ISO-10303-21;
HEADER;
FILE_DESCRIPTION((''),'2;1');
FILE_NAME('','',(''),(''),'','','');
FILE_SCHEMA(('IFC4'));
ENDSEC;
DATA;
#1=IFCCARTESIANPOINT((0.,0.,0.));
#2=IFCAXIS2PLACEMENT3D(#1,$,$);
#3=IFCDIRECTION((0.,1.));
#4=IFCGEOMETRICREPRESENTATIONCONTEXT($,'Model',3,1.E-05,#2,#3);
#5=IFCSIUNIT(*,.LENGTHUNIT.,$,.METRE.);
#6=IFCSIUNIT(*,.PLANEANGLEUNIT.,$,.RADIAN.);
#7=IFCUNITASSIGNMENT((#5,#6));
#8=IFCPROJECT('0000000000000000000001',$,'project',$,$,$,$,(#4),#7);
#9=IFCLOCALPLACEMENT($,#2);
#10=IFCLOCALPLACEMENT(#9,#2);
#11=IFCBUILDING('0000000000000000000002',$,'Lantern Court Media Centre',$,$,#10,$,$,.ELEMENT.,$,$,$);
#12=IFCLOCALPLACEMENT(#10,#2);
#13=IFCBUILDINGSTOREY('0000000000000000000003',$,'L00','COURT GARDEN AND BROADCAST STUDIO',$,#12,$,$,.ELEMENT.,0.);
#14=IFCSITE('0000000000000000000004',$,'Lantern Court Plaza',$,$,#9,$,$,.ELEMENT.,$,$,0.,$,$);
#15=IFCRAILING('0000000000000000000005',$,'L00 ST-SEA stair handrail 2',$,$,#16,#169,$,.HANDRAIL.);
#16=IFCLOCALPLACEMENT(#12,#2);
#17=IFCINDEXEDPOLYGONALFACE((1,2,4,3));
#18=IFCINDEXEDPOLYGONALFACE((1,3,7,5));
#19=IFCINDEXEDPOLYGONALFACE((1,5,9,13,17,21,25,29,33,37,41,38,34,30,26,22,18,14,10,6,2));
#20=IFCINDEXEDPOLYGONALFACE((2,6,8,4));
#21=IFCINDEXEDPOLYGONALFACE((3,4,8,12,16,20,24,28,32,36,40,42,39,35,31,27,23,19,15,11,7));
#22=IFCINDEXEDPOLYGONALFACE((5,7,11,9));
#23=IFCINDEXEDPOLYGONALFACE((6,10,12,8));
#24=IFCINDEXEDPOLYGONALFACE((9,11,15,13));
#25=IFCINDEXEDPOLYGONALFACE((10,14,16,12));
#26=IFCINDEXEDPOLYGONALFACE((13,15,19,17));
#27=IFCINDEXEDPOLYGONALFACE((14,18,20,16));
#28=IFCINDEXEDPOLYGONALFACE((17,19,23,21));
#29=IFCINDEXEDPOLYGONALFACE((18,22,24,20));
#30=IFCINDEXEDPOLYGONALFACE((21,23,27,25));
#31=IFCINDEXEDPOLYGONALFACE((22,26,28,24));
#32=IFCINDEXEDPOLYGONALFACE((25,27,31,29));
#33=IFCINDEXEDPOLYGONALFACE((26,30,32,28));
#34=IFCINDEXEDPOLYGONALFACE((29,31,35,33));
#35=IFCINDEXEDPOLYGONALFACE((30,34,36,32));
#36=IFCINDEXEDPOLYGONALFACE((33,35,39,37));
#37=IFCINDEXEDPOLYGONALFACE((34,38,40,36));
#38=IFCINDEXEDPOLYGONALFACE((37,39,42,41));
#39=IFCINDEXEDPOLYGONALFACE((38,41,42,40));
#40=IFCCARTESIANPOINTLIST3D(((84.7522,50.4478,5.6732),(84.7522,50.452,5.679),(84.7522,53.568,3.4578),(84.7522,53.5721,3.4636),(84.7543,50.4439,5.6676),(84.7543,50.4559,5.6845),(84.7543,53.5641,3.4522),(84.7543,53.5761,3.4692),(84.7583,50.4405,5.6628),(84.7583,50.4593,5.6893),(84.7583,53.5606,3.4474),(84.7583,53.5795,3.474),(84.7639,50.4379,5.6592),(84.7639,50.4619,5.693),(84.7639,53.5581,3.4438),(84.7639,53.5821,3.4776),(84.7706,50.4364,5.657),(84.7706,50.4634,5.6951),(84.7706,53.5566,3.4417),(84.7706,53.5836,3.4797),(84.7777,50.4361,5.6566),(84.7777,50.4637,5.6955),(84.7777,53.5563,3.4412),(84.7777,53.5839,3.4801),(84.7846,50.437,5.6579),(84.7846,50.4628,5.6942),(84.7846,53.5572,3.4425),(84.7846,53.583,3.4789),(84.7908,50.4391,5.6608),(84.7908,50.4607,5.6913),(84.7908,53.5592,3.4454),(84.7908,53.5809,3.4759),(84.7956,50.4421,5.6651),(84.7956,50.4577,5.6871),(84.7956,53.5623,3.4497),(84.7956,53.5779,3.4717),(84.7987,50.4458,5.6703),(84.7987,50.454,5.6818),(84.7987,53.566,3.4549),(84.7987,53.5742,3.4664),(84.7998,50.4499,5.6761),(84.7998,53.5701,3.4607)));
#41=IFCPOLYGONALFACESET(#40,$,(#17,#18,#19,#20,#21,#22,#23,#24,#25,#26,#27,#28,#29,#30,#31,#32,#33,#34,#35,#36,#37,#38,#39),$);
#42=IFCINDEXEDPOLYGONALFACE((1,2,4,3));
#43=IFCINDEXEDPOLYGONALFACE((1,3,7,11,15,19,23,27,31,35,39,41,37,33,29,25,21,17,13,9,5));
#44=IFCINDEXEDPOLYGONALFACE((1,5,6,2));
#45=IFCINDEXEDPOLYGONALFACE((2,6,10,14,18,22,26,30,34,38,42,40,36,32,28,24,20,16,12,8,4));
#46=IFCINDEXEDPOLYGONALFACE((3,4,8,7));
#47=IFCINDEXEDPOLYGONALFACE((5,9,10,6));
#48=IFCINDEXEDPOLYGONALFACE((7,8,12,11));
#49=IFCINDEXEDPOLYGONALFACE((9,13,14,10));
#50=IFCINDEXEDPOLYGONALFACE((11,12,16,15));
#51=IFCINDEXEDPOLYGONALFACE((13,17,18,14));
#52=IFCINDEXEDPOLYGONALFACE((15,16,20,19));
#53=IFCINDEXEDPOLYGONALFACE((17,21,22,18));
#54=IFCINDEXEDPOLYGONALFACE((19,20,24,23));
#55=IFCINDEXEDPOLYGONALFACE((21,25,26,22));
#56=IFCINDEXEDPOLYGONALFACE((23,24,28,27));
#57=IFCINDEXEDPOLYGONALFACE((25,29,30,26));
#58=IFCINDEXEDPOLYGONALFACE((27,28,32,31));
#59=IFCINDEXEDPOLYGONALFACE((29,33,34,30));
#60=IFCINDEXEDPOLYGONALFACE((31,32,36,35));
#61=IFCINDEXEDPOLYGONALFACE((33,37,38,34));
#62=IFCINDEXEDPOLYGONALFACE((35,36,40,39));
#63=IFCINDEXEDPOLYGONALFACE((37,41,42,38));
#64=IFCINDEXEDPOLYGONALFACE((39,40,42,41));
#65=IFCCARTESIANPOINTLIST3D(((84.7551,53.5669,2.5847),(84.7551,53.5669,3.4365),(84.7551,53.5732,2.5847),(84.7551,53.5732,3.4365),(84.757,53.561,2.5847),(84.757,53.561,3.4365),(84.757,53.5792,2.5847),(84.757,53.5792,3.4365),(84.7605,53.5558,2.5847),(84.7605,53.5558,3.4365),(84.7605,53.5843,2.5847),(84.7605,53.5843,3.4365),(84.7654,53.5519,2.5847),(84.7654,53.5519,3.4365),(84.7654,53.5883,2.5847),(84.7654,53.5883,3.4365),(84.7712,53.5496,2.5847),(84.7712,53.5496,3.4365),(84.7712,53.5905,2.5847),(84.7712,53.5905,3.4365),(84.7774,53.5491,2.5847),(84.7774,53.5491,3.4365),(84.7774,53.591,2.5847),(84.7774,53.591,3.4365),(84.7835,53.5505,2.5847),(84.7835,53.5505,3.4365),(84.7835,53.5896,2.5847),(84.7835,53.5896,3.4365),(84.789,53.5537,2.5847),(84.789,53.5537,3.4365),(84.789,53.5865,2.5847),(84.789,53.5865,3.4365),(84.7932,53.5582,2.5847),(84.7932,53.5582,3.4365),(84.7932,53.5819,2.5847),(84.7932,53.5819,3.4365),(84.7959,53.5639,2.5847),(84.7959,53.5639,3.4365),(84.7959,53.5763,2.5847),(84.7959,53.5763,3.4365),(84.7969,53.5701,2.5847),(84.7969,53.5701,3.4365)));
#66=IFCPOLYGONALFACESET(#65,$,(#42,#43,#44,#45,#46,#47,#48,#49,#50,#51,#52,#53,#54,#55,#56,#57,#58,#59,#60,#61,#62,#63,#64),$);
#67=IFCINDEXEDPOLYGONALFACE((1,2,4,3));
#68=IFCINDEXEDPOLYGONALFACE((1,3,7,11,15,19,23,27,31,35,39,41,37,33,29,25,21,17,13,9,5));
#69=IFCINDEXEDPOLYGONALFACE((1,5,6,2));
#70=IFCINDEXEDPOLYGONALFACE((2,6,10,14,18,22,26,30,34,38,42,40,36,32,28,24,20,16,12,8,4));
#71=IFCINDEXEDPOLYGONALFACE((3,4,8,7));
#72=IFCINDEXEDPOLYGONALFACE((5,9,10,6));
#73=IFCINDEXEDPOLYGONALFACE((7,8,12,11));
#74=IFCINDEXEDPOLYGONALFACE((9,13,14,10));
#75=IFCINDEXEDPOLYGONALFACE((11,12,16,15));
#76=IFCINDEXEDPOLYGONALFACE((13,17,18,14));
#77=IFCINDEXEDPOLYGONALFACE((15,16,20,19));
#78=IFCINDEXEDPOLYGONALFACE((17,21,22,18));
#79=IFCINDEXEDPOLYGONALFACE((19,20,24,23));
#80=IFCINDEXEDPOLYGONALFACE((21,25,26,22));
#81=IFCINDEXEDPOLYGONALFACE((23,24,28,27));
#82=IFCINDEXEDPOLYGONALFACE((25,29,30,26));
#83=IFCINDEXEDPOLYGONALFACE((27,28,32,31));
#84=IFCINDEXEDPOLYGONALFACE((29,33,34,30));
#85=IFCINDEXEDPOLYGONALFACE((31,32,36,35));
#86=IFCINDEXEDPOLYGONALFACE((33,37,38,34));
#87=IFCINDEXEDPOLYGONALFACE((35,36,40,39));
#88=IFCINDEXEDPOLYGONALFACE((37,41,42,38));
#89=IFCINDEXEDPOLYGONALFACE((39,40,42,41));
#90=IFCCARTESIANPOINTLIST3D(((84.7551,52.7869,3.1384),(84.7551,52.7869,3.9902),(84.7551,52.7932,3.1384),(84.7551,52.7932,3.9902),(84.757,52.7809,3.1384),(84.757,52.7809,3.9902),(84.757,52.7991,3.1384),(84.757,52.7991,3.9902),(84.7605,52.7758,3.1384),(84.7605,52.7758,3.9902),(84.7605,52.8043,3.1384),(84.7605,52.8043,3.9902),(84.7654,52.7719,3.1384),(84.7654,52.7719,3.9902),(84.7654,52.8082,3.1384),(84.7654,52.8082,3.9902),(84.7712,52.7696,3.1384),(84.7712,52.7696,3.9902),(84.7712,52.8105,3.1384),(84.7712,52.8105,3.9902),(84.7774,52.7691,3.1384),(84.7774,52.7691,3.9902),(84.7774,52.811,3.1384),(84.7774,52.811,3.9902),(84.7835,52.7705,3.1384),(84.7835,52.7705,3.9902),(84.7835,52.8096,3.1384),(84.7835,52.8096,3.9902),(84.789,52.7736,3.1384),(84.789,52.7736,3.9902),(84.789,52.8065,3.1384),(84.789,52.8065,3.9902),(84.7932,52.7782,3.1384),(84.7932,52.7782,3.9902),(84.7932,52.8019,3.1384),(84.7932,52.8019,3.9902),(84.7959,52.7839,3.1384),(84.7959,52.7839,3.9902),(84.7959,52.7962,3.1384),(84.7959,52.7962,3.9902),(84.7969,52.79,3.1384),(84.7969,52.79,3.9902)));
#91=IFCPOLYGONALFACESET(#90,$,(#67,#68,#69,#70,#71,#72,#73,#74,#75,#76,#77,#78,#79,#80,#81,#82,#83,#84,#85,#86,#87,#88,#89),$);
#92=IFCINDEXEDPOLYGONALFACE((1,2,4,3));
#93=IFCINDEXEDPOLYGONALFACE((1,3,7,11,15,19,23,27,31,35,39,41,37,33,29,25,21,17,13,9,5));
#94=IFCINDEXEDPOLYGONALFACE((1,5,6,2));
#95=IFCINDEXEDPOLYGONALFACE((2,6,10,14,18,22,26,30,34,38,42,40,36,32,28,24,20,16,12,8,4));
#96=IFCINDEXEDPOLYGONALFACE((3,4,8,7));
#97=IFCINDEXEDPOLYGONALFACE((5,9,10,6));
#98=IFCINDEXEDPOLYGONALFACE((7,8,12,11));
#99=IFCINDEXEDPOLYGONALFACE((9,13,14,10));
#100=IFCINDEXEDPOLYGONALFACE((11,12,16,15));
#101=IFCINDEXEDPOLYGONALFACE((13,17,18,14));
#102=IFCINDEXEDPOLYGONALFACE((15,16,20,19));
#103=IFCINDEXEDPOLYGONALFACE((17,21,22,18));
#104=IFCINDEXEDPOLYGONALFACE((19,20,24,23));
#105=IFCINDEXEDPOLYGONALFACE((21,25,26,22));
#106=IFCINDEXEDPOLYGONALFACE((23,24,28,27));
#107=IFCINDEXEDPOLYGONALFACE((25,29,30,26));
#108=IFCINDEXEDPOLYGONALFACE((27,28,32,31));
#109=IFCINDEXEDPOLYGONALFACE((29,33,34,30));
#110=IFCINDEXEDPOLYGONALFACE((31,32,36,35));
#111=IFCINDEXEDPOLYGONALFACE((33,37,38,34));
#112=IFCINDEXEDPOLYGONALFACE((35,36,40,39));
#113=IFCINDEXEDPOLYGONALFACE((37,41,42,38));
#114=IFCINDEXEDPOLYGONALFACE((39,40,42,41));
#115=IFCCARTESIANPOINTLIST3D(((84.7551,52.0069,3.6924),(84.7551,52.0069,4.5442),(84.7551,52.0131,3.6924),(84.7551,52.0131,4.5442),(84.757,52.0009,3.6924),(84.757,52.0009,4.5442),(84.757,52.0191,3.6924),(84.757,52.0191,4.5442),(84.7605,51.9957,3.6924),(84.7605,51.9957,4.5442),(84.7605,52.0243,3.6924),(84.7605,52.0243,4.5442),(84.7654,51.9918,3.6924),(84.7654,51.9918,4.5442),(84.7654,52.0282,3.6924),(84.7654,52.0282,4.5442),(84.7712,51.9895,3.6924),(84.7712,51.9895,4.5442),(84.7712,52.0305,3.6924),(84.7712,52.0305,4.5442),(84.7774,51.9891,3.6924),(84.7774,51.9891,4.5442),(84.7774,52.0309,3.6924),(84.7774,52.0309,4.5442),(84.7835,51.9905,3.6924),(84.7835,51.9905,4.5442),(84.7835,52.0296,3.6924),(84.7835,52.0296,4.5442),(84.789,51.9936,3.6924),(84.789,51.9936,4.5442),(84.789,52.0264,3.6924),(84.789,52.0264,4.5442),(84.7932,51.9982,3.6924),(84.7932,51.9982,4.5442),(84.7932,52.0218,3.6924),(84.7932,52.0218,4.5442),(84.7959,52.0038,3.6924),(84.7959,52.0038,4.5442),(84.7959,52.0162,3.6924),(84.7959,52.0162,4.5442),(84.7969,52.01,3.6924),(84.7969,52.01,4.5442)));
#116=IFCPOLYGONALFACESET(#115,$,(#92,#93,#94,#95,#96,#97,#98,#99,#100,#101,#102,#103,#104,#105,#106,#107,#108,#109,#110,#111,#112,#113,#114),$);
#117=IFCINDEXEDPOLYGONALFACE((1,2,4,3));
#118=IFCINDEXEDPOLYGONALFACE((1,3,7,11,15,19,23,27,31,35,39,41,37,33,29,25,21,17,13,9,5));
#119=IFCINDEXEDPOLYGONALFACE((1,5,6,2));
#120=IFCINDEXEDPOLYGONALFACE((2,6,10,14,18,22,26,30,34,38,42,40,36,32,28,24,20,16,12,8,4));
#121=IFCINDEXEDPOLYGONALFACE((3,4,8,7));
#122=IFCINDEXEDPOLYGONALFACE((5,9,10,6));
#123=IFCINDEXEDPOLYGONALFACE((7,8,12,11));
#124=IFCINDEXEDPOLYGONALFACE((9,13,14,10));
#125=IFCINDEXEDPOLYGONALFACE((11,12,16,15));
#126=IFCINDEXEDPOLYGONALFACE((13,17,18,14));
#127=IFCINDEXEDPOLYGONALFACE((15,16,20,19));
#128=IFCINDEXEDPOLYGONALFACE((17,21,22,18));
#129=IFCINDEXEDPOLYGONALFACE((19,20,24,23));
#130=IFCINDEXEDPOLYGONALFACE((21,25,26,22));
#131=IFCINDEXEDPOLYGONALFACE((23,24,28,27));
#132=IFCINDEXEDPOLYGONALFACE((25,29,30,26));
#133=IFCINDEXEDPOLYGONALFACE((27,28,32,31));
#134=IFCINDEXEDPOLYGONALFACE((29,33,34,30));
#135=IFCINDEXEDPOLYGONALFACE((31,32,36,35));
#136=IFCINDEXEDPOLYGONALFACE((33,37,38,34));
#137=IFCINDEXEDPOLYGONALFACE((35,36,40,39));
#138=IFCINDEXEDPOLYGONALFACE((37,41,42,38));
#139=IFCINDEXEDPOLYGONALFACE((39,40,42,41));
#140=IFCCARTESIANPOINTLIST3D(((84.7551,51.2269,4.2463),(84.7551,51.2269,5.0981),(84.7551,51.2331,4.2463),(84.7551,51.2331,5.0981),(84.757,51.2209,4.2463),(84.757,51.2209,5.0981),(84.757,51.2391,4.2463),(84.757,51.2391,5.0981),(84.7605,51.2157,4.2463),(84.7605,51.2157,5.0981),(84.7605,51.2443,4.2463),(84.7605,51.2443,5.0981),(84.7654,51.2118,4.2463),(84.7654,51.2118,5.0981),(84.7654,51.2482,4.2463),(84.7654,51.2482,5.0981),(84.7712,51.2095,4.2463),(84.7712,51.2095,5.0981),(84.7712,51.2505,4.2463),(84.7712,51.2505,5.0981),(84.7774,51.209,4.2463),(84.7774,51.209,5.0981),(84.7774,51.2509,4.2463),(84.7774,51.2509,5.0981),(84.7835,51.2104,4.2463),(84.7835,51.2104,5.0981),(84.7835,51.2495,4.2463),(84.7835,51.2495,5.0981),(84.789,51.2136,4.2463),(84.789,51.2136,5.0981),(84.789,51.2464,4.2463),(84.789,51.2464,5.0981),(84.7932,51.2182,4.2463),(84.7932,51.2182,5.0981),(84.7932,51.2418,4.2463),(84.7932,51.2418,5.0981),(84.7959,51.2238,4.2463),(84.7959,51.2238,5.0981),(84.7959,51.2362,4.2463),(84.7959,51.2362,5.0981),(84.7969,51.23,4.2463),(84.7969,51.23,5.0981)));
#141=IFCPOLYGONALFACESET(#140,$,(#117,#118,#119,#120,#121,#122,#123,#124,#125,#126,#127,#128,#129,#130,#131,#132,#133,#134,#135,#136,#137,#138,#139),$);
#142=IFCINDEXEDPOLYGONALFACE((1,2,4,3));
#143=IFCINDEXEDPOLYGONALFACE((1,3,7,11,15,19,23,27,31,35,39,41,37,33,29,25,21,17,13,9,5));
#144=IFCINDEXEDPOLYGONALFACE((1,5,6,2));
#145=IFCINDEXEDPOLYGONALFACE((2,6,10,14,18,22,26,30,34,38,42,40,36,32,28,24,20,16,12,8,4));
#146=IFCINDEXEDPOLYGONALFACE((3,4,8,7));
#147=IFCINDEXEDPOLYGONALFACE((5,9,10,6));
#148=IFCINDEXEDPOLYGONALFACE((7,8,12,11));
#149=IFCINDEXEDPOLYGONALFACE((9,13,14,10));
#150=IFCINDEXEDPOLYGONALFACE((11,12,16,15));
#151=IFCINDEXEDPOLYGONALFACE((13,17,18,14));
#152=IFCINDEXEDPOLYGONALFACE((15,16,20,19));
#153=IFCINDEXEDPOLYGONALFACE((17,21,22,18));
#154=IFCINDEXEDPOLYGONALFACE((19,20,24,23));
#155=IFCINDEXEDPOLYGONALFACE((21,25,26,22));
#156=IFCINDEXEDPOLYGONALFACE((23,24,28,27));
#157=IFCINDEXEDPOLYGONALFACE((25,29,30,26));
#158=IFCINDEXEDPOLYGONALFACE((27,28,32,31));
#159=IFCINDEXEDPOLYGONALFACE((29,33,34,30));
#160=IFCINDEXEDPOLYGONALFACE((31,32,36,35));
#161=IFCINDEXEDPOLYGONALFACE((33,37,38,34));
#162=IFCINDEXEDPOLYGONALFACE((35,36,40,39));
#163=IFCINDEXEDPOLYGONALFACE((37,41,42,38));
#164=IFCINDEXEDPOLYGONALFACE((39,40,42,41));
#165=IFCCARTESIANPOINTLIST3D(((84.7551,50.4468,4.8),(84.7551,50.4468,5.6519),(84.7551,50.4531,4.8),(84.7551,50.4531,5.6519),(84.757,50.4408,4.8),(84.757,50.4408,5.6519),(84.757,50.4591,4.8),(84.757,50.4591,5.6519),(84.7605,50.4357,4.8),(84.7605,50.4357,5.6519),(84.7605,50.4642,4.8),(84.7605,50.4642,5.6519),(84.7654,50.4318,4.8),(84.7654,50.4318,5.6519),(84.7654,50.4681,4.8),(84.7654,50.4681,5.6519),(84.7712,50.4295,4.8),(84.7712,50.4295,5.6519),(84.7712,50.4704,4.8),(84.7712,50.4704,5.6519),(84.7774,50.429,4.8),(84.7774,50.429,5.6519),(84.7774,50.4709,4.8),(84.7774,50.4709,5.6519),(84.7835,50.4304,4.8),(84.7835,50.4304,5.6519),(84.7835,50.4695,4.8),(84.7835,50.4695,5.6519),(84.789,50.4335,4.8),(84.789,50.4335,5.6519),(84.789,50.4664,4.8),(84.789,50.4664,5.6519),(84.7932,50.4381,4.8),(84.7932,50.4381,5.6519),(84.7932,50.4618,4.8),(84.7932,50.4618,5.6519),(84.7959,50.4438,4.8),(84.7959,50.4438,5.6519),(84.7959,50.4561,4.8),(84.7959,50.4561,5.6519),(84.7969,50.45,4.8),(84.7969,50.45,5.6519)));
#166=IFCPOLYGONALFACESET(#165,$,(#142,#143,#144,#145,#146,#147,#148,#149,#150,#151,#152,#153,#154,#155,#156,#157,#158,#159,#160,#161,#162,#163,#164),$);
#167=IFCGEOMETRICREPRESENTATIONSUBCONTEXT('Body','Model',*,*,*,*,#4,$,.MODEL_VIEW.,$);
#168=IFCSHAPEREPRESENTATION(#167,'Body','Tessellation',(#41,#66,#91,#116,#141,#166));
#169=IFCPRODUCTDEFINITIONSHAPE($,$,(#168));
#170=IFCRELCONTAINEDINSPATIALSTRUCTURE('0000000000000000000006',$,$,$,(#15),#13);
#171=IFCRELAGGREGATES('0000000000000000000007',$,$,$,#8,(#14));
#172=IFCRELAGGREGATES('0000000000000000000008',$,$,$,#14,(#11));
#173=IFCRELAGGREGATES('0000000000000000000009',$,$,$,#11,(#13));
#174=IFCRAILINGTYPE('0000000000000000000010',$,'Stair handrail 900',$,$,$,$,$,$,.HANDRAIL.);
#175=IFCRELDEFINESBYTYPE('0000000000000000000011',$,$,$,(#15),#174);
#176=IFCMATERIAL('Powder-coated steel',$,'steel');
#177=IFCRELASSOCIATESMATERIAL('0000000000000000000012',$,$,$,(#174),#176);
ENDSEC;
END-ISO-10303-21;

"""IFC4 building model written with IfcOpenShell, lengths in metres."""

from ifc_helpers import new_model, si_unit, direction, frame, origin, origin_2d, place, context, subcontext, project, spatial, circle, extrude, material, type_object, element, save


model = new_model("IFC4")

# Units and contexts
model_context = context("Model", 3, precision=1e-05, world=origin(), true_north=direction((0.0, 1.0)))
body_context = subcontext(model_context, "Body", "Model", "MODEL_VIEW")
ifc_project = project(units=[si_unit("LENGTHUNIT", "METRE"), si_unit("PLANEANGLEUNIT", "RADIAN")], contexts=[model_context])

# Site, building, storey
site_placement = place(None, origin())
site = spatial("IfcSite", under=ifc_project, at=site_placement, Name="Lantern Court Plaza", CompositionType="ELEMENT", RefElevation=0.0)
building_placement = place(site_placement, origin())
building = spatial("IfcBuilding", under=site, at=building_placement, Name="Lantern Court Media Centre", CompositionType="ELEMENT")
storey_placement = place(building_placement, origin())
storey = spatial("IfcBuildingStorey", under=building, at=storey_placement, Name="L00", Description="COURT GARDEN AND BROADCAST STUDIO", CompositionType="ELEMENT", Elevation=0.0)

# Railing
ifc_material_1 = material(Name="Powder-coated steel", Category="steel")
railing_type_1 = type_object("IfcRailingType", Name="Stair handrail 900", PredefinedType="HANDRAIL", material=ifc_material_1)
railing_1_placement = place(storey_placement, frame((84.7759, 53.5701, 2.5847)))
element("IfcRailing", 1, at=railing_1_placement, inside=storey, type_object=railing_type_1, Name="L00 ST-SEA stair handrail 2", PredefinedType="HANDRAIL", context=body_context, shape_type="SweptSolid", body=[
    extrude(circle(Radius=0.0239, at=origin_2d()), frame((0.0, 0.0, 0.876), z_axis=(0.0, -0.815377, 0.57893), x_axis=(1.0, 0.0, 0.0)), (0.0, 0.0, 1.0), 3.8267),
    extrude(circle(Radius=0.021, at=origin_2d()), origin(), (0.0, 0.0, 1.0), 0.8518),
    extrude(circle(Radius=0.021, at=origin_2d()), frame((0.0, -0.78, 0.5537)), (0.0, 0.0, 1.0), 0.8518),
    extrude(circle(Radius=0.021, at=origin_2d()), frame((0.0, -1.5601, 1.1077)), (0.0, 0.0, 1.0), 0.8518),
    extrude(circle(Radius=0.021, at=origin_2d()), frame((0.0, -2.3401, 1.6616)), (0.0, 0.0, 1.0), 0.8518),
    extrude(circle(Radius=0.021, at=origin_2d()), frame((0.0, -3.1201, 2.2153)), (0.0, 0.0, 1.0), 0.8518),
])

save(model, "model.ifc")
